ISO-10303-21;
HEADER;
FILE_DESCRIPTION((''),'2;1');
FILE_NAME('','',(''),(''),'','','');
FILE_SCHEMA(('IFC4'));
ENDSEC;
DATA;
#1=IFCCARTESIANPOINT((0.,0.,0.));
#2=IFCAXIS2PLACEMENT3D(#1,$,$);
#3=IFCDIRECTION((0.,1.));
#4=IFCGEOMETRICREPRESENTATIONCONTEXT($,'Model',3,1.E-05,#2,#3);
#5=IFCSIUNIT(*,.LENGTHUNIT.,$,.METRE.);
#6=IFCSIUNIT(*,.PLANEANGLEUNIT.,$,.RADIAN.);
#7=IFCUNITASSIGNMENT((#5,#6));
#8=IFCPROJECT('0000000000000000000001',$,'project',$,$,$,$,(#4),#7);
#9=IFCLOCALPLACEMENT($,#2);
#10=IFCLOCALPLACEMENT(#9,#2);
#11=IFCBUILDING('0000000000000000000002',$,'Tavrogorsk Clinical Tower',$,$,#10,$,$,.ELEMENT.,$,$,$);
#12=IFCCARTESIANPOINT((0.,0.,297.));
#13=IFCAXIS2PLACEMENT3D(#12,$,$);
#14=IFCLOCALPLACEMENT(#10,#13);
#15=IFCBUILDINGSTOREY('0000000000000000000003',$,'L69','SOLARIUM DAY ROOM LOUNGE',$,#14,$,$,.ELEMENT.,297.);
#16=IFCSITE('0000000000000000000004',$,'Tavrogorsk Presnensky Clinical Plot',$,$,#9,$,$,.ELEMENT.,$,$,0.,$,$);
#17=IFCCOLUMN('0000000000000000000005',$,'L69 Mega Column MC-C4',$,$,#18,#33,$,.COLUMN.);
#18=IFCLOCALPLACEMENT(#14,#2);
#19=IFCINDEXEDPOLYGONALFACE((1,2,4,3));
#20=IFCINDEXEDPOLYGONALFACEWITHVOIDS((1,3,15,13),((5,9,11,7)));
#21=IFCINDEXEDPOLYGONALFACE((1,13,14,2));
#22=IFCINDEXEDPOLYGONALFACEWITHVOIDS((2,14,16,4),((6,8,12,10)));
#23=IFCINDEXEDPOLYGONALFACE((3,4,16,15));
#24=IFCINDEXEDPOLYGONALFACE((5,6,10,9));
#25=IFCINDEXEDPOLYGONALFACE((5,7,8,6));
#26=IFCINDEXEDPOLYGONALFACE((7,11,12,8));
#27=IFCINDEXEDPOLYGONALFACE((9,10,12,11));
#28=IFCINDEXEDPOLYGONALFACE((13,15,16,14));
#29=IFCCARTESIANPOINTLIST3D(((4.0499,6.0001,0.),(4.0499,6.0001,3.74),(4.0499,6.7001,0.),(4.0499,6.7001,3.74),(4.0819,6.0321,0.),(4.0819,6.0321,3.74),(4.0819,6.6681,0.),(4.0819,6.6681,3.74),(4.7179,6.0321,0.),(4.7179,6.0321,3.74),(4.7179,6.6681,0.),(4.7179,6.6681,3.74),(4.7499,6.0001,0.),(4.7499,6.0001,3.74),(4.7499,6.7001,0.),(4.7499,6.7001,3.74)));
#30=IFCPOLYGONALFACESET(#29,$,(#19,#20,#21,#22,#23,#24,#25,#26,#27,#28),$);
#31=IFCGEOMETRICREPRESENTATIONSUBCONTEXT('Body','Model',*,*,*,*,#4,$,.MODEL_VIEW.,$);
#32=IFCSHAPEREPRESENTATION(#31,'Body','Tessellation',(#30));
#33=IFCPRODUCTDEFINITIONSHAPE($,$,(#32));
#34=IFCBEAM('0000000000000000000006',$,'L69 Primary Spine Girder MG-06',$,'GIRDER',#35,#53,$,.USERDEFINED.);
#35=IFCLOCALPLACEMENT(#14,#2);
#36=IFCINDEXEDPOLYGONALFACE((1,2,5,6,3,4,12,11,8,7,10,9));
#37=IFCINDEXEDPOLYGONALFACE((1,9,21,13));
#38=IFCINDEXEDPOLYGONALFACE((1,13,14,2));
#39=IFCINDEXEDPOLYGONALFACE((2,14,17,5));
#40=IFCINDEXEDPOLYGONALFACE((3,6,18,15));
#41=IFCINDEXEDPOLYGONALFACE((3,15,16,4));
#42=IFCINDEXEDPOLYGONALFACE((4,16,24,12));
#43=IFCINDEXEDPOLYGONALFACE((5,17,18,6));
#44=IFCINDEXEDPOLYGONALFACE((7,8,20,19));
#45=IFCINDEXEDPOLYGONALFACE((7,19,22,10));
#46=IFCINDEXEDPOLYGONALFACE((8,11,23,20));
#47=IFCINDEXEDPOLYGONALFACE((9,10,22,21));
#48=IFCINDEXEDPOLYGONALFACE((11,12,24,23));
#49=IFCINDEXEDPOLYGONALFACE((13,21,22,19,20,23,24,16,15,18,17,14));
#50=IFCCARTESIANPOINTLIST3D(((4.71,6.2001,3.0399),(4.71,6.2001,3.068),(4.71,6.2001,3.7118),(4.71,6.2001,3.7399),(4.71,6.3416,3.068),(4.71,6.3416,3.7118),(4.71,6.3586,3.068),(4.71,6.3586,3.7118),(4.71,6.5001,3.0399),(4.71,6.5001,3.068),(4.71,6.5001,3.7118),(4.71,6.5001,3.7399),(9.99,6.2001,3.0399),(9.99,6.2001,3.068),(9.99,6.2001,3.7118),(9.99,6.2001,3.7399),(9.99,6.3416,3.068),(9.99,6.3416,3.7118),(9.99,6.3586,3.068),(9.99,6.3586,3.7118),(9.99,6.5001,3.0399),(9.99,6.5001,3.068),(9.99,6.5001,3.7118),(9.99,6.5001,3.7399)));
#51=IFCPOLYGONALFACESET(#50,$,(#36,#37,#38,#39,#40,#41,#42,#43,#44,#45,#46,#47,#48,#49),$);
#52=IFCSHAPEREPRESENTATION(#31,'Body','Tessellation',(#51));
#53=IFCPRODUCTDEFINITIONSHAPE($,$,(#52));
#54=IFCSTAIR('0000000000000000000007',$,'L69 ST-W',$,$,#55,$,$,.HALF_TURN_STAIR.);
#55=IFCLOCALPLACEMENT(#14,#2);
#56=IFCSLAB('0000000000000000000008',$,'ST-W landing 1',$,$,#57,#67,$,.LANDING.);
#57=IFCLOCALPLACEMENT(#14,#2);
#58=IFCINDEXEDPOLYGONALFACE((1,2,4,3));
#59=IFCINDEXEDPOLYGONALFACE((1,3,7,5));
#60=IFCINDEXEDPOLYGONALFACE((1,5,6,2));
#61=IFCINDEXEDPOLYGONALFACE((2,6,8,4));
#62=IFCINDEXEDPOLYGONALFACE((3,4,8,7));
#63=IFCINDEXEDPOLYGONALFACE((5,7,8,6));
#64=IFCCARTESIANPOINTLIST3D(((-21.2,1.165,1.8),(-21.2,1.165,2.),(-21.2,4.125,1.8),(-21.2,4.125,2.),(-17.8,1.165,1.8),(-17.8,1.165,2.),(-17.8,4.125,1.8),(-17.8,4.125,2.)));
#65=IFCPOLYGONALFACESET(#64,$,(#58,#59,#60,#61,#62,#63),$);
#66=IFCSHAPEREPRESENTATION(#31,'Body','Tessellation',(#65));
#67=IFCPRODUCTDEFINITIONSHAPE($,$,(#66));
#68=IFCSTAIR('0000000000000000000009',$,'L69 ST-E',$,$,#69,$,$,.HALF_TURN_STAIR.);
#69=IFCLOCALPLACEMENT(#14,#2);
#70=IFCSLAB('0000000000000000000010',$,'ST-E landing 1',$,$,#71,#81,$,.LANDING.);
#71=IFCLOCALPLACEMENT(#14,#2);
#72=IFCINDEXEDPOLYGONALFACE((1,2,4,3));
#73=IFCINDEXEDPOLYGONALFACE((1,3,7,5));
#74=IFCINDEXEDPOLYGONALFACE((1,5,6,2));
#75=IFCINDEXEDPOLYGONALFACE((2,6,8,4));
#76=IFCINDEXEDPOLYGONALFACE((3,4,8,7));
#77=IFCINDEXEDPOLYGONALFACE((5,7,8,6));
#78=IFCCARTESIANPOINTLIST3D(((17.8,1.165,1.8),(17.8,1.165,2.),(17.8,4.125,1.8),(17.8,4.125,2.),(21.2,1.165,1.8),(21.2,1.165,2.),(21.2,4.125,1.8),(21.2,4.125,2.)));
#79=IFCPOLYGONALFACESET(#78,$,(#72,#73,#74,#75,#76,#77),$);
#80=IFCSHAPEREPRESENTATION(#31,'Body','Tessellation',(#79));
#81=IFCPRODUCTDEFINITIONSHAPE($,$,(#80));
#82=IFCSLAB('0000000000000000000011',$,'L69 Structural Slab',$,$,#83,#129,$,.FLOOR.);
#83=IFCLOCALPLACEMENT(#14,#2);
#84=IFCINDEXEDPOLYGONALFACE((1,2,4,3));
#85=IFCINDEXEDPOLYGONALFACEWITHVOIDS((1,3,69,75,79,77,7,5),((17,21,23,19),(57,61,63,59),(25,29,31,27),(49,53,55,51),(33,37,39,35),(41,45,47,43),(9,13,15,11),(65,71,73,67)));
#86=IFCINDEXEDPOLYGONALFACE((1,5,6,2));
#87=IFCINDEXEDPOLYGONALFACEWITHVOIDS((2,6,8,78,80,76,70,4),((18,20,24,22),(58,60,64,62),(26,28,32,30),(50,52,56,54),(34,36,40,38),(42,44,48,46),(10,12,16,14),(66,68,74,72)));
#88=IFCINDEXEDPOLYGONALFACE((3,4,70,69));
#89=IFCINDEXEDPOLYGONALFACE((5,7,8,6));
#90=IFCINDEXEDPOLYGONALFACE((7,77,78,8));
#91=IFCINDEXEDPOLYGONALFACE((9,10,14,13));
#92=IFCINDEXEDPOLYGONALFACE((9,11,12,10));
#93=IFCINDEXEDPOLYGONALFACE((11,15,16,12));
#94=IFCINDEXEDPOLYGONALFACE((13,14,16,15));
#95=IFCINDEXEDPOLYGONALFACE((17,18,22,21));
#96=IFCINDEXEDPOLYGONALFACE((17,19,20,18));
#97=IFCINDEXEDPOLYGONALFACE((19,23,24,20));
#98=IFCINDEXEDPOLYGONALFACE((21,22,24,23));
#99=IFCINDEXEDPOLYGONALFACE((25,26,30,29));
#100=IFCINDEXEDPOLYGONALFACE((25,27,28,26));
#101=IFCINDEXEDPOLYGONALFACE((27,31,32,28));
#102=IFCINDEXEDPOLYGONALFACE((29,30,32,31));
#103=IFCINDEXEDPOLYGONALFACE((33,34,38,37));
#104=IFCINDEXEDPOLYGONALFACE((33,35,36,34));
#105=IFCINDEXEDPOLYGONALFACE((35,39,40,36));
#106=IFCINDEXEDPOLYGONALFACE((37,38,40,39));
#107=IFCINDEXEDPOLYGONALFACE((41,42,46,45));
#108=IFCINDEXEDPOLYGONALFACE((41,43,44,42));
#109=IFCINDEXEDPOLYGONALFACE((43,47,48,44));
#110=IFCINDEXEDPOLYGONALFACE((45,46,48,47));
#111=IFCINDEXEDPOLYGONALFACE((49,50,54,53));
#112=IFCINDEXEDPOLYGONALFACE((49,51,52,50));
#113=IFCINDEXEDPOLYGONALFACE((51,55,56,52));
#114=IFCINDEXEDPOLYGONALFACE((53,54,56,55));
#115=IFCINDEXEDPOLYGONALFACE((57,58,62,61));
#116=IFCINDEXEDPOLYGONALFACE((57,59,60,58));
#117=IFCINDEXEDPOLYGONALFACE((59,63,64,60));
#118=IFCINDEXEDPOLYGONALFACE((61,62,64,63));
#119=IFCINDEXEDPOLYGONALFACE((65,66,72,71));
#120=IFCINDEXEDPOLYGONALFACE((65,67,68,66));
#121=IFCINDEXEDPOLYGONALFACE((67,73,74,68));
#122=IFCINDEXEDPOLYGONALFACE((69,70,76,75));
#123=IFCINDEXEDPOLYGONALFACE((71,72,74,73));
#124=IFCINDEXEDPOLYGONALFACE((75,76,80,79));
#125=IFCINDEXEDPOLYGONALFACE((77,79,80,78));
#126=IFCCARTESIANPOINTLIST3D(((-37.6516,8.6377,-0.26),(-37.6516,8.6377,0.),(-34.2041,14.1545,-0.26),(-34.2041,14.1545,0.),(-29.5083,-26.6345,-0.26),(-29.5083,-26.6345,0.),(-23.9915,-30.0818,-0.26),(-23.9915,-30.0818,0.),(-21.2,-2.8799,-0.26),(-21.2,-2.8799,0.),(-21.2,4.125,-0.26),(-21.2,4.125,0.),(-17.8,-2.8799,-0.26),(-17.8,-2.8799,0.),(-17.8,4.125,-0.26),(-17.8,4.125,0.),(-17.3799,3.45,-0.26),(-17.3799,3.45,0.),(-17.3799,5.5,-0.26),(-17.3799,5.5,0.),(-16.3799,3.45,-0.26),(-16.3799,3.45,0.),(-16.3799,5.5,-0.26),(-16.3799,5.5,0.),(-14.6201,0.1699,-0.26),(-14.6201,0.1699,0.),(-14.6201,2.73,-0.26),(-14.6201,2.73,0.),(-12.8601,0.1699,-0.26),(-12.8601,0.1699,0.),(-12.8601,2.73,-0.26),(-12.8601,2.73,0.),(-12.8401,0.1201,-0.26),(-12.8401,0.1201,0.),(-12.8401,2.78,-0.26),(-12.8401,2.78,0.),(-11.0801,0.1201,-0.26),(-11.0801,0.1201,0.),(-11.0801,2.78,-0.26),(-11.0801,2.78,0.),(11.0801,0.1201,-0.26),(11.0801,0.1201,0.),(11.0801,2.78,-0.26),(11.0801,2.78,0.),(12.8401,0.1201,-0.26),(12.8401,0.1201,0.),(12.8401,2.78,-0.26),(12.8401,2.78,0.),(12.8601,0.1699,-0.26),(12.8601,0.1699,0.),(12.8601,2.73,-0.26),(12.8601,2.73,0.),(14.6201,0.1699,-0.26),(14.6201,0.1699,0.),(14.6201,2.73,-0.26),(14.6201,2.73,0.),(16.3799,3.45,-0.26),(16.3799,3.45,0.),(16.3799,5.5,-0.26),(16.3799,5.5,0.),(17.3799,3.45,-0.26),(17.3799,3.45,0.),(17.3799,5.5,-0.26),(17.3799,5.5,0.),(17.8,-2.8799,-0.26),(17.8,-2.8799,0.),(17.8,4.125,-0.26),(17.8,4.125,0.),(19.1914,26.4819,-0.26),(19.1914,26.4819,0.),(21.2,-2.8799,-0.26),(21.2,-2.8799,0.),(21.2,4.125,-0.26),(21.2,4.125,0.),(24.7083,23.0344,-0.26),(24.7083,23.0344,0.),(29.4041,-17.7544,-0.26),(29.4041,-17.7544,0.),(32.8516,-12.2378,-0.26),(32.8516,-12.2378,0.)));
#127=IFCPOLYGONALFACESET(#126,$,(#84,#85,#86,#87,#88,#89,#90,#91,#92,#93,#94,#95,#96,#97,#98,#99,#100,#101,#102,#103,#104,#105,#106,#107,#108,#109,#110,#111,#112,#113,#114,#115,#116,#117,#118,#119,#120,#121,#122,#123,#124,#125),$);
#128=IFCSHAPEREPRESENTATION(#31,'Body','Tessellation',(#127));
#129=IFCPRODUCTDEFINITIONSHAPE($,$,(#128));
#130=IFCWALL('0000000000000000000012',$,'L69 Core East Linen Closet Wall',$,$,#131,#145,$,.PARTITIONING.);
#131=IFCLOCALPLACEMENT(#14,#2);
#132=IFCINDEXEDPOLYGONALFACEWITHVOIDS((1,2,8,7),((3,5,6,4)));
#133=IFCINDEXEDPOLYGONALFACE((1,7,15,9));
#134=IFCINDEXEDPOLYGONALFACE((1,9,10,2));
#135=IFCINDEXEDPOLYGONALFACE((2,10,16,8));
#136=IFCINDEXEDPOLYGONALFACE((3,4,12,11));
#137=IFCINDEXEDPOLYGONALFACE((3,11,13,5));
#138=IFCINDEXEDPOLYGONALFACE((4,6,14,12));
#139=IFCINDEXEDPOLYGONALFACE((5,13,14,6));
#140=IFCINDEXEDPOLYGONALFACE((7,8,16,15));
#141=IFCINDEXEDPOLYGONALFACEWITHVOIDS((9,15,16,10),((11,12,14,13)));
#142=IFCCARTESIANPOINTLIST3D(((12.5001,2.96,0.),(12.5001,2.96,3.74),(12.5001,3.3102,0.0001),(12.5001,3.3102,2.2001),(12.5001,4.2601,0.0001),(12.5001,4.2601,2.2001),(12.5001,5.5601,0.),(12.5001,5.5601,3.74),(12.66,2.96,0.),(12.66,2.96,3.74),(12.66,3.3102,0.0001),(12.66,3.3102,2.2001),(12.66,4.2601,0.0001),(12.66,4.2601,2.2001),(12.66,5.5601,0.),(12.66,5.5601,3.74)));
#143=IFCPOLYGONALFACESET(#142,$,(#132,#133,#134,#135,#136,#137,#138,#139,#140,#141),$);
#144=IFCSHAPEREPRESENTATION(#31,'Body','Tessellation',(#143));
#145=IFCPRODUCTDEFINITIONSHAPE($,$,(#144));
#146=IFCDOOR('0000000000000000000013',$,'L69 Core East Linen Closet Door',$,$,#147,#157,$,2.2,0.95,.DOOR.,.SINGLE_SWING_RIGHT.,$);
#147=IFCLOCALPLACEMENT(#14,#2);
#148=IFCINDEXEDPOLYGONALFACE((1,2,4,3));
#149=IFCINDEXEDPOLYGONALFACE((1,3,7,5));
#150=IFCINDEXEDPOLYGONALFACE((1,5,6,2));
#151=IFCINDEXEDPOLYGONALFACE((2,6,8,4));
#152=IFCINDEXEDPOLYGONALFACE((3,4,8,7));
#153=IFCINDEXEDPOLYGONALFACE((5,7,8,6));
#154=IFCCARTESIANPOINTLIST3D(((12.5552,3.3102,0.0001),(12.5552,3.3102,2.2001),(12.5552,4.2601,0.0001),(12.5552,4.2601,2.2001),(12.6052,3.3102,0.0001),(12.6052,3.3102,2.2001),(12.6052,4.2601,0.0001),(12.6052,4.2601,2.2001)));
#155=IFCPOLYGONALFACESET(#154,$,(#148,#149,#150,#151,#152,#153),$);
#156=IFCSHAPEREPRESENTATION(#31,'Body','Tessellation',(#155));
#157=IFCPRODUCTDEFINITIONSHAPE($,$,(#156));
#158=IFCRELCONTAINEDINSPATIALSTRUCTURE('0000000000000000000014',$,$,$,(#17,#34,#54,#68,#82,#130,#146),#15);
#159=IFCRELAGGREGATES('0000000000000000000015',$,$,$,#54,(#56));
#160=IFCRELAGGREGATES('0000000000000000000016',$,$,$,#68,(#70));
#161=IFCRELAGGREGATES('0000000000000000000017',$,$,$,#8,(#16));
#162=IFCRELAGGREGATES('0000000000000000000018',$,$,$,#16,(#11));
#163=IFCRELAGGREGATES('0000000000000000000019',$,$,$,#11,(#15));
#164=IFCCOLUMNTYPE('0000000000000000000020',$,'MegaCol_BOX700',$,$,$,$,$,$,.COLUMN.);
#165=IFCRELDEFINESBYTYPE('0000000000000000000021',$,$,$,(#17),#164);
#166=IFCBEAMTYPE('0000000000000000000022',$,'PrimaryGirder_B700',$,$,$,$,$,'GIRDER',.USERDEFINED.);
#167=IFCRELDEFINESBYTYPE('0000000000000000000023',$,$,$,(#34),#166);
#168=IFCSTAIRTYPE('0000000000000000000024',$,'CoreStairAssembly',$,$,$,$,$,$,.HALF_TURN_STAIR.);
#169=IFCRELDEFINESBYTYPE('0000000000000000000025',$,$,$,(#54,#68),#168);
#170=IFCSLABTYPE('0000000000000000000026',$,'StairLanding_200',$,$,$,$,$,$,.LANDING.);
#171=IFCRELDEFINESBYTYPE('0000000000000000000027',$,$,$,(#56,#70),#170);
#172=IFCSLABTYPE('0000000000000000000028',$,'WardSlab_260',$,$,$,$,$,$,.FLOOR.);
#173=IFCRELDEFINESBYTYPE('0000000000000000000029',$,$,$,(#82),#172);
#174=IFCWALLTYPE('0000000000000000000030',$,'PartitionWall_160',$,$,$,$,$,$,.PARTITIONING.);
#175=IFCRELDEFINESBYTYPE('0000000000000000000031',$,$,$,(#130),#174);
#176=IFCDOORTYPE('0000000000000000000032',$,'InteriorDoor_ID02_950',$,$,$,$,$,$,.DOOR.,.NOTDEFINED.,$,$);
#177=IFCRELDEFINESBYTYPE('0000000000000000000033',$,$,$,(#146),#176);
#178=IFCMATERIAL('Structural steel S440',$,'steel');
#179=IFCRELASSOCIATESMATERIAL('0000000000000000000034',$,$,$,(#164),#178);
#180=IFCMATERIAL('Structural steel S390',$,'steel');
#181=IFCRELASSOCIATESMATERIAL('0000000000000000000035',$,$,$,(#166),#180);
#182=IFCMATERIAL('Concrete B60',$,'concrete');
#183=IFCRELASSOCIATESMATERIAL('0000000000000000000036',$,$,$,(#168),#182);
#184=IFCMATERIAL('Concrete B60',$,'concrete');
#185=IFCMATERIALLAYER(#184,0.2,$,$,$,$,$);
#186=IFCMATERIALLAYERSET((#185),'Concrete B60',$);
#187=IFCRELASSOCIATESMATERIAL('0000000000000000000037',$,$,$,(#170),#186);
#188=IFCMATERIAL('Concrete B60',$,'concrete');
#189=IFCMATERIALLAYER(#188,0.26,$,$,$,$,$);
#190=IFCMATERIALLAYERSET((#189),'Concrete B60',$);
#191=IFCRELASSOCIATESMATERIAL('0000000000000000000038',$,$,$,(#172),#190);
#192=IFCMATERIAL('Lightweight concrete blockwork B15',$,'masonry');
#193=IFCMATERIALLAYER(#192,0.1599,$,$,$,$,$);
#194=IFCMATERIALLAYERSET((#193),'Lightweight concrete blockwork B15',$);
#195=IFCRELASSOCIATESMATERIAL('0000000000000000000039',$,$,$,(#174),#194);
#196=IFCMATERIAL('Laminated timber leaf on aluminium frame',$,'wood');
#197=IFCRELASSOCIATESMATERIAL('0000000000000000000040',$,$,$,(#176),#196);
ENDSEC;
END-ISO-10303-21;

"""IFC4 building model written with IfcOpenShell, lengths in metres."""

from ifc_helpers import new_model, si_unit, direction, frame, frame_2d, origin, origin_2d, place, context, subcontext, project, spatial, polyline, rectangle, hollow_rectangle, i_section, outline, extrude, material, layer, layer_set, material_profile, profile_set, type_object, element, fill, aggregate, save


model = new_model("IFC4")

# Units and contexts
model_context = context("Model", 3, precision=1e-05, world=origin(), true_north=direction((0.0, 1.0)))
body_context = subcontext(model_context, "Body", "Model", "MODEL_VIEW")
ifc_project = project(units=[si_unit("LENGTHUNIT", "METRE"), si_unit("PLANEANGLEUNIT", "RADIAN")], contexts=[model_context])

# Site, building, storey
site_placement = place(None, origin())
site = spatial("IfcSite", under=ifc_project, at=site_placement, Name="Tavrogorsk Presnensky Clinical Plot", CompositionType="ELEMENT", RefElevation=0.0)
building_placement = place(site_placement, origin())
building = spatial("IfcBuilding", under=site, at=building_placement, Name="Tavrogorsk Clinical Tower", CompositionType="ELEMENT")
storey_placement = place(building_placement, frame((0.0, 0.0, 297.0)))
storey = spatial("IfcBuildingStorey", under=building, at=storey_placement, Name="L69", Description="SOLARIUM DAY ROOM LOUNGE", CompositionType="ELEMENT", Elevation=297.0)

# Column
ifc_material_1 = material(Name="Structural steel S440", Category="steel")
ifc_material_profile_1 = material_profile(ifc_material_1, hollow_rectangle(XDim=0.7, YDim=0.7, WallThickness=0.032, at=origin_2d()), Name="BOX-700x700x32")
ifc_profile_set_1 = profile_set([ifc_material_profile_1], Name="Structural steel S440")
column_type = type_object("IfcColumnType", Name="MegaCol_BOX700", PredefinedType="COLUMN", material=ifc_profile_set_1)
column_placement = place(storey_placement, frame((4.3999, 6.3501, 0.0), z_axis=(0.0, 0.0, 1.0), x_axis=(1.0, 0.0, 0.0)))
element("IfcColumn", 1, at=column_placement, inside=storey, type_object=column_type, Name="L69 Mega Column MC-C4", PredefinedType="COLUMN", context=body_context, shape_type="SweptSolid", body=[
    extrude(hollow_rectangle(XDim=0.7, YDim=0.7, WallThickness=0.032, at=origin_2d()), origin(), (0.0, 0.0, 1.0), 3.74),
])

# Beam
ifc_material_2 = material(Name="Structural steel S390", Category="steel")
ifc_material_profile_2 = material_profile(ifc_material_2, i_section(OverallWidth=0.3, OverallDepth=0.7, WebThickness=0.0171, FlangeThickness=0.0281, at=origin_2d()), Name="B-700x300x17x28")
ifc_profile_set_2 = profile_set([ifc_material_profile_2], Name="Structural steel S390")
beam_type = type_object("IfcBeamType", Name="PrimaryGirder_B700", ElementType="GIRDER", PredefinedType="USERDEFINED", material=ifc_profile_set_2)
beam_placement = place(storey_placement, frame((4.71, 6.3501, 3.3899), z_axis=(1.0, 0.0, 0.0), x_axis=(0.0, 1.0, 0.0)))
element("IfcBeam", 2, at=beam_placement, inside=storey, type_object=beam_type, Name="L69 Primary Spine Girder MG-06", ObjectType="GIRDER", PredefinedType="USERDEFINED", context=body_context, shape_type="SweptSolid", body=[
    extrude(i_section(OverallWidth=0.3, OverallDepth=0.7, WebThickness=0.0171, FlangeThickness=0.0281, at=origin_2d()), origin(), (0.0, 0.0, 1.0), 5.28),
])

# Stairs, slabs
ifc_material_3 = material(Name="Concrete B60", Category="concrete")
stair_type = type_object("IfcStairType", Name="CoreStairAssembly", PredefinedType="HALF_TURN_STAIR", material=ifc_material_3)
stair_1_placement = place(storey_placement, origin())
stair_1 = element("IfcStair", 3, at=stair_1_placement, inside=storey, type_object=stair_type, Name="L69 ST-W", PredefinedType="HALF_TURN_STAIR")
ifc_material_4 = material(Name="Concrete B60", Category="concrete")
ifc_layer_1 = layer(ifc_material_4, 0.2)
ifc_layer_set_1 = layer_set([ifc_layer_1], Name="Concrete B60")
slab_type_1 = type_object("IfcSlabType", Name="StairLanding_200", PredefinedType="LANDING", material=ifc_layer_set_1)
slab_1_placement = place(storey_placement, frame((0.0, 0.0, 1.8)))
slab_1 = element("IfcSlab", 4, at=slab_1_placement, type_object=slab_type_1, Name="ST-W landing 1", PredefinedType="LANDING", context=body_context, shape_type="SweptSolid", body=[
    extrude(outline(polyline([(-17.8, 1.165), (-17.8, 4.125), (-21.2, 4.125), (-21.2, 1.165), (-17.8, 1.165)])), origin(), (0.0, 0.0, 1.0), 0.2),
])
aggregate(stair_1, [slab_1])
stair_2_placement = place(storey_placement, origin())
stair_2 = element("IfcStair", 5, at=stair_2_placement, inside=storey, type_object=stair_type, Name="L69 ST-E", PredefinedType="HALF_TURN_STAIR")
slab_2_placement = place(storey_placement, frame((0.0, 0.0, 1.8)))
slab_2 = element("IfcSlab", 6, at=slab_2_placement, type_object=slab_type_1, Name="ST-E landing 1", PredefinedType="LANDING", context=body_context, shape_type="SweptSolid", body=[
    extrude(outline(polyline([(21.2, 1.165), (21.2, 4.125), (17.8, 4.125), (17.8, 1.165), (21.2, 1.165)])), origin(), (0.0, 0.0, 1.0), 0.2),
])
aggregate(stair_2, [slab_2])

# Slab
ifc_material_5 = material(Name="Concrete B60", Category="concrete")
ifc_layer_2 = layer(ifc_material_5, 0.26)
ifc_layer_set_2 = layer_set([ifc_layer_2], Name="Concrete B60")
slab_type_2 = type_object("IfcSlabType", Name="WardSlab_260", PredefinedType="FLOOR", material=ifc_layer_set_2)
slab_3_placement = place(storey_placement, frame((0.0, 0.0, -0.26)))
element("IfcSlab", 7, at=slab_3_placement, inside=storey, type_object=slab_type_2, Name="L69 Structural Slab", PredefinedType="FLOOR", context=body_context, shape_type="SweptSolid", body=[
    extrude(outline(polyline([(-23.9915, -30.0818), (29.4041, -17.7544), (32.8516, -12.2378), (24.7083, 23.0344), (19.1914, 26.4819), (-34.2041, 14.1545), (-37.6516, 8.6377), (-29.5083, -26.6345), (-23.9915, -30.0818)]), holes=[polyline([(-17.8, -2.8799), (-17.8, 4.125), (-21.2, 4.125), (-21.2, -2.8799), (-17.8, -2.8799)]), polyline([(21.2, -2.8799), (21.2, 4.125), (17.8, 4.125), (17.8, -2.8799), (21.2, -2.8799)]), polyline([(-14.6201, 0.1699), (-12.8601, 0.1699), (-12.8601, 2.73), (-14.6201, 2.73), (-14.6201, 0.1699)]), polyline([(-12.8401, 0.1201), (-11.0801, 0.1201), (-11.0801, 2.78), (-12.8401, 2.78), (-12.8401, 0.1201)]), polyline([(12.8601, 0.1699), (14.6201, 0.1699), (14.6201, 2.73), (12.8601, 2.73), (12.8601, 0.1699)]), polyline([(11.0801, 0.1201), (12.8401, 0.1201), (12.8401, 2.78), (11.0801, 2.78), (11.0801, 0.1201)]), polyline([(-17.3799, 3.45), (-16.3799, 3.45), (-16.3799, 5.5), (-17.3799, 5.5), (-17.3799, 3.45)]), polyline([(16.3799, 3.45), (17.3799, 3.45), (17.3799, 5.5), (16.3799, 5.5), (16.3799, 3.45)])]), origin(), (0.0, 0.0, 1.0), 0.26),
])

# Wall, opening, door
ifc_material_6 = material(Name="Lightweight concrete blockwork B15", Category="masonry")
ifc_layer_3 = layer(ifc_material_6, 0.1599)
ifc_layer_set_3 = layer_set([ifc_layer_3], Name="Lightweight concrete blockwork B15")
wall_type_1 = type_object("IfcWallType", Name="PartitionWall_160", PredefinedType="PARTITIONING", material=ifc_layer_set_3)
wall_1_placement = place(storey_placement, frame((12.5801, 2.96, 0.0), z_axis=(0.0, 0.0, 1.0), x_axis=(0.0, 1.0, 0.0)))
wall_1 = element("IfcWall", 8, at=wall_1_placement, inside=storey, type_object=wall_type_1, Name="L69 Core East Linen Closet Wall", PredefinedType="PARTITIONING", context=body_context, shape_type="SweptSolid", body=[
    extrude(rectangle(XDim=2.6001, YDim=0.1599, at=frame_2d((1.3, 0.0))), origin(), (0.0, 0.0, 1.0), 3.74),
])
opening_1_placement = place(wall_1_placement, frame((0.3501, 0.0, 0.0)))
opening_1 = element("IfcOpeningElement", 9, at=opening_1_placement, cuts=wall_1, PredefinedType="OPENING", context=body_context, shape_type="SweptSolid", body=[
    extrude(rectangle(XDim=0.95, YDim=2.2, at=frame_2d((0.4751, 1.1001))), frame((0.0, 0.0898, 0.0), z_axis=(0.0, -1.0, 0.0), x_axis=(1.0, 0.0, 0.0)), (0.0, 0.0, 1.0), 0.1799),
])
ifc_material_7 = material(Name="Laminated timber leaf on aluminium frame", Category="wood")
door_type_1 = type_object("IfcDoorType", Name="InteriorDoor_ID02_950", OperationType="NOTDEFINED", PredefinedType="DOOR", material=ifc_material_7)
door_1_placement = place(opening_1_placement, origin())
door_1 = element("IfcDoor", 10, at=door_1_placement, inside=storey, type_object=door_type_1, Name="L69 Core East Linen Closet Door", OperationType="SINGLE_SWING_RIGHT", OverallHeight=2.2, OverallWidth=0.95, PredefinedType="DOOR", context=body_context, shape_type="SweptSolid", body=[
    extrude(rectangle(XDim=0.95, YDim=2.2, at=frame_2d((0.4751, 1.1001))), frame((0.0, 0.0249, 0.0), z_axis=(0.0, -1.0, 0.0), x_axis=(1.0, 0.0, 0.0)), (0.0, 0.0, 1.0), 0.05),
])
fill(opening_1, door_1)

save(model, "model.ifc")
